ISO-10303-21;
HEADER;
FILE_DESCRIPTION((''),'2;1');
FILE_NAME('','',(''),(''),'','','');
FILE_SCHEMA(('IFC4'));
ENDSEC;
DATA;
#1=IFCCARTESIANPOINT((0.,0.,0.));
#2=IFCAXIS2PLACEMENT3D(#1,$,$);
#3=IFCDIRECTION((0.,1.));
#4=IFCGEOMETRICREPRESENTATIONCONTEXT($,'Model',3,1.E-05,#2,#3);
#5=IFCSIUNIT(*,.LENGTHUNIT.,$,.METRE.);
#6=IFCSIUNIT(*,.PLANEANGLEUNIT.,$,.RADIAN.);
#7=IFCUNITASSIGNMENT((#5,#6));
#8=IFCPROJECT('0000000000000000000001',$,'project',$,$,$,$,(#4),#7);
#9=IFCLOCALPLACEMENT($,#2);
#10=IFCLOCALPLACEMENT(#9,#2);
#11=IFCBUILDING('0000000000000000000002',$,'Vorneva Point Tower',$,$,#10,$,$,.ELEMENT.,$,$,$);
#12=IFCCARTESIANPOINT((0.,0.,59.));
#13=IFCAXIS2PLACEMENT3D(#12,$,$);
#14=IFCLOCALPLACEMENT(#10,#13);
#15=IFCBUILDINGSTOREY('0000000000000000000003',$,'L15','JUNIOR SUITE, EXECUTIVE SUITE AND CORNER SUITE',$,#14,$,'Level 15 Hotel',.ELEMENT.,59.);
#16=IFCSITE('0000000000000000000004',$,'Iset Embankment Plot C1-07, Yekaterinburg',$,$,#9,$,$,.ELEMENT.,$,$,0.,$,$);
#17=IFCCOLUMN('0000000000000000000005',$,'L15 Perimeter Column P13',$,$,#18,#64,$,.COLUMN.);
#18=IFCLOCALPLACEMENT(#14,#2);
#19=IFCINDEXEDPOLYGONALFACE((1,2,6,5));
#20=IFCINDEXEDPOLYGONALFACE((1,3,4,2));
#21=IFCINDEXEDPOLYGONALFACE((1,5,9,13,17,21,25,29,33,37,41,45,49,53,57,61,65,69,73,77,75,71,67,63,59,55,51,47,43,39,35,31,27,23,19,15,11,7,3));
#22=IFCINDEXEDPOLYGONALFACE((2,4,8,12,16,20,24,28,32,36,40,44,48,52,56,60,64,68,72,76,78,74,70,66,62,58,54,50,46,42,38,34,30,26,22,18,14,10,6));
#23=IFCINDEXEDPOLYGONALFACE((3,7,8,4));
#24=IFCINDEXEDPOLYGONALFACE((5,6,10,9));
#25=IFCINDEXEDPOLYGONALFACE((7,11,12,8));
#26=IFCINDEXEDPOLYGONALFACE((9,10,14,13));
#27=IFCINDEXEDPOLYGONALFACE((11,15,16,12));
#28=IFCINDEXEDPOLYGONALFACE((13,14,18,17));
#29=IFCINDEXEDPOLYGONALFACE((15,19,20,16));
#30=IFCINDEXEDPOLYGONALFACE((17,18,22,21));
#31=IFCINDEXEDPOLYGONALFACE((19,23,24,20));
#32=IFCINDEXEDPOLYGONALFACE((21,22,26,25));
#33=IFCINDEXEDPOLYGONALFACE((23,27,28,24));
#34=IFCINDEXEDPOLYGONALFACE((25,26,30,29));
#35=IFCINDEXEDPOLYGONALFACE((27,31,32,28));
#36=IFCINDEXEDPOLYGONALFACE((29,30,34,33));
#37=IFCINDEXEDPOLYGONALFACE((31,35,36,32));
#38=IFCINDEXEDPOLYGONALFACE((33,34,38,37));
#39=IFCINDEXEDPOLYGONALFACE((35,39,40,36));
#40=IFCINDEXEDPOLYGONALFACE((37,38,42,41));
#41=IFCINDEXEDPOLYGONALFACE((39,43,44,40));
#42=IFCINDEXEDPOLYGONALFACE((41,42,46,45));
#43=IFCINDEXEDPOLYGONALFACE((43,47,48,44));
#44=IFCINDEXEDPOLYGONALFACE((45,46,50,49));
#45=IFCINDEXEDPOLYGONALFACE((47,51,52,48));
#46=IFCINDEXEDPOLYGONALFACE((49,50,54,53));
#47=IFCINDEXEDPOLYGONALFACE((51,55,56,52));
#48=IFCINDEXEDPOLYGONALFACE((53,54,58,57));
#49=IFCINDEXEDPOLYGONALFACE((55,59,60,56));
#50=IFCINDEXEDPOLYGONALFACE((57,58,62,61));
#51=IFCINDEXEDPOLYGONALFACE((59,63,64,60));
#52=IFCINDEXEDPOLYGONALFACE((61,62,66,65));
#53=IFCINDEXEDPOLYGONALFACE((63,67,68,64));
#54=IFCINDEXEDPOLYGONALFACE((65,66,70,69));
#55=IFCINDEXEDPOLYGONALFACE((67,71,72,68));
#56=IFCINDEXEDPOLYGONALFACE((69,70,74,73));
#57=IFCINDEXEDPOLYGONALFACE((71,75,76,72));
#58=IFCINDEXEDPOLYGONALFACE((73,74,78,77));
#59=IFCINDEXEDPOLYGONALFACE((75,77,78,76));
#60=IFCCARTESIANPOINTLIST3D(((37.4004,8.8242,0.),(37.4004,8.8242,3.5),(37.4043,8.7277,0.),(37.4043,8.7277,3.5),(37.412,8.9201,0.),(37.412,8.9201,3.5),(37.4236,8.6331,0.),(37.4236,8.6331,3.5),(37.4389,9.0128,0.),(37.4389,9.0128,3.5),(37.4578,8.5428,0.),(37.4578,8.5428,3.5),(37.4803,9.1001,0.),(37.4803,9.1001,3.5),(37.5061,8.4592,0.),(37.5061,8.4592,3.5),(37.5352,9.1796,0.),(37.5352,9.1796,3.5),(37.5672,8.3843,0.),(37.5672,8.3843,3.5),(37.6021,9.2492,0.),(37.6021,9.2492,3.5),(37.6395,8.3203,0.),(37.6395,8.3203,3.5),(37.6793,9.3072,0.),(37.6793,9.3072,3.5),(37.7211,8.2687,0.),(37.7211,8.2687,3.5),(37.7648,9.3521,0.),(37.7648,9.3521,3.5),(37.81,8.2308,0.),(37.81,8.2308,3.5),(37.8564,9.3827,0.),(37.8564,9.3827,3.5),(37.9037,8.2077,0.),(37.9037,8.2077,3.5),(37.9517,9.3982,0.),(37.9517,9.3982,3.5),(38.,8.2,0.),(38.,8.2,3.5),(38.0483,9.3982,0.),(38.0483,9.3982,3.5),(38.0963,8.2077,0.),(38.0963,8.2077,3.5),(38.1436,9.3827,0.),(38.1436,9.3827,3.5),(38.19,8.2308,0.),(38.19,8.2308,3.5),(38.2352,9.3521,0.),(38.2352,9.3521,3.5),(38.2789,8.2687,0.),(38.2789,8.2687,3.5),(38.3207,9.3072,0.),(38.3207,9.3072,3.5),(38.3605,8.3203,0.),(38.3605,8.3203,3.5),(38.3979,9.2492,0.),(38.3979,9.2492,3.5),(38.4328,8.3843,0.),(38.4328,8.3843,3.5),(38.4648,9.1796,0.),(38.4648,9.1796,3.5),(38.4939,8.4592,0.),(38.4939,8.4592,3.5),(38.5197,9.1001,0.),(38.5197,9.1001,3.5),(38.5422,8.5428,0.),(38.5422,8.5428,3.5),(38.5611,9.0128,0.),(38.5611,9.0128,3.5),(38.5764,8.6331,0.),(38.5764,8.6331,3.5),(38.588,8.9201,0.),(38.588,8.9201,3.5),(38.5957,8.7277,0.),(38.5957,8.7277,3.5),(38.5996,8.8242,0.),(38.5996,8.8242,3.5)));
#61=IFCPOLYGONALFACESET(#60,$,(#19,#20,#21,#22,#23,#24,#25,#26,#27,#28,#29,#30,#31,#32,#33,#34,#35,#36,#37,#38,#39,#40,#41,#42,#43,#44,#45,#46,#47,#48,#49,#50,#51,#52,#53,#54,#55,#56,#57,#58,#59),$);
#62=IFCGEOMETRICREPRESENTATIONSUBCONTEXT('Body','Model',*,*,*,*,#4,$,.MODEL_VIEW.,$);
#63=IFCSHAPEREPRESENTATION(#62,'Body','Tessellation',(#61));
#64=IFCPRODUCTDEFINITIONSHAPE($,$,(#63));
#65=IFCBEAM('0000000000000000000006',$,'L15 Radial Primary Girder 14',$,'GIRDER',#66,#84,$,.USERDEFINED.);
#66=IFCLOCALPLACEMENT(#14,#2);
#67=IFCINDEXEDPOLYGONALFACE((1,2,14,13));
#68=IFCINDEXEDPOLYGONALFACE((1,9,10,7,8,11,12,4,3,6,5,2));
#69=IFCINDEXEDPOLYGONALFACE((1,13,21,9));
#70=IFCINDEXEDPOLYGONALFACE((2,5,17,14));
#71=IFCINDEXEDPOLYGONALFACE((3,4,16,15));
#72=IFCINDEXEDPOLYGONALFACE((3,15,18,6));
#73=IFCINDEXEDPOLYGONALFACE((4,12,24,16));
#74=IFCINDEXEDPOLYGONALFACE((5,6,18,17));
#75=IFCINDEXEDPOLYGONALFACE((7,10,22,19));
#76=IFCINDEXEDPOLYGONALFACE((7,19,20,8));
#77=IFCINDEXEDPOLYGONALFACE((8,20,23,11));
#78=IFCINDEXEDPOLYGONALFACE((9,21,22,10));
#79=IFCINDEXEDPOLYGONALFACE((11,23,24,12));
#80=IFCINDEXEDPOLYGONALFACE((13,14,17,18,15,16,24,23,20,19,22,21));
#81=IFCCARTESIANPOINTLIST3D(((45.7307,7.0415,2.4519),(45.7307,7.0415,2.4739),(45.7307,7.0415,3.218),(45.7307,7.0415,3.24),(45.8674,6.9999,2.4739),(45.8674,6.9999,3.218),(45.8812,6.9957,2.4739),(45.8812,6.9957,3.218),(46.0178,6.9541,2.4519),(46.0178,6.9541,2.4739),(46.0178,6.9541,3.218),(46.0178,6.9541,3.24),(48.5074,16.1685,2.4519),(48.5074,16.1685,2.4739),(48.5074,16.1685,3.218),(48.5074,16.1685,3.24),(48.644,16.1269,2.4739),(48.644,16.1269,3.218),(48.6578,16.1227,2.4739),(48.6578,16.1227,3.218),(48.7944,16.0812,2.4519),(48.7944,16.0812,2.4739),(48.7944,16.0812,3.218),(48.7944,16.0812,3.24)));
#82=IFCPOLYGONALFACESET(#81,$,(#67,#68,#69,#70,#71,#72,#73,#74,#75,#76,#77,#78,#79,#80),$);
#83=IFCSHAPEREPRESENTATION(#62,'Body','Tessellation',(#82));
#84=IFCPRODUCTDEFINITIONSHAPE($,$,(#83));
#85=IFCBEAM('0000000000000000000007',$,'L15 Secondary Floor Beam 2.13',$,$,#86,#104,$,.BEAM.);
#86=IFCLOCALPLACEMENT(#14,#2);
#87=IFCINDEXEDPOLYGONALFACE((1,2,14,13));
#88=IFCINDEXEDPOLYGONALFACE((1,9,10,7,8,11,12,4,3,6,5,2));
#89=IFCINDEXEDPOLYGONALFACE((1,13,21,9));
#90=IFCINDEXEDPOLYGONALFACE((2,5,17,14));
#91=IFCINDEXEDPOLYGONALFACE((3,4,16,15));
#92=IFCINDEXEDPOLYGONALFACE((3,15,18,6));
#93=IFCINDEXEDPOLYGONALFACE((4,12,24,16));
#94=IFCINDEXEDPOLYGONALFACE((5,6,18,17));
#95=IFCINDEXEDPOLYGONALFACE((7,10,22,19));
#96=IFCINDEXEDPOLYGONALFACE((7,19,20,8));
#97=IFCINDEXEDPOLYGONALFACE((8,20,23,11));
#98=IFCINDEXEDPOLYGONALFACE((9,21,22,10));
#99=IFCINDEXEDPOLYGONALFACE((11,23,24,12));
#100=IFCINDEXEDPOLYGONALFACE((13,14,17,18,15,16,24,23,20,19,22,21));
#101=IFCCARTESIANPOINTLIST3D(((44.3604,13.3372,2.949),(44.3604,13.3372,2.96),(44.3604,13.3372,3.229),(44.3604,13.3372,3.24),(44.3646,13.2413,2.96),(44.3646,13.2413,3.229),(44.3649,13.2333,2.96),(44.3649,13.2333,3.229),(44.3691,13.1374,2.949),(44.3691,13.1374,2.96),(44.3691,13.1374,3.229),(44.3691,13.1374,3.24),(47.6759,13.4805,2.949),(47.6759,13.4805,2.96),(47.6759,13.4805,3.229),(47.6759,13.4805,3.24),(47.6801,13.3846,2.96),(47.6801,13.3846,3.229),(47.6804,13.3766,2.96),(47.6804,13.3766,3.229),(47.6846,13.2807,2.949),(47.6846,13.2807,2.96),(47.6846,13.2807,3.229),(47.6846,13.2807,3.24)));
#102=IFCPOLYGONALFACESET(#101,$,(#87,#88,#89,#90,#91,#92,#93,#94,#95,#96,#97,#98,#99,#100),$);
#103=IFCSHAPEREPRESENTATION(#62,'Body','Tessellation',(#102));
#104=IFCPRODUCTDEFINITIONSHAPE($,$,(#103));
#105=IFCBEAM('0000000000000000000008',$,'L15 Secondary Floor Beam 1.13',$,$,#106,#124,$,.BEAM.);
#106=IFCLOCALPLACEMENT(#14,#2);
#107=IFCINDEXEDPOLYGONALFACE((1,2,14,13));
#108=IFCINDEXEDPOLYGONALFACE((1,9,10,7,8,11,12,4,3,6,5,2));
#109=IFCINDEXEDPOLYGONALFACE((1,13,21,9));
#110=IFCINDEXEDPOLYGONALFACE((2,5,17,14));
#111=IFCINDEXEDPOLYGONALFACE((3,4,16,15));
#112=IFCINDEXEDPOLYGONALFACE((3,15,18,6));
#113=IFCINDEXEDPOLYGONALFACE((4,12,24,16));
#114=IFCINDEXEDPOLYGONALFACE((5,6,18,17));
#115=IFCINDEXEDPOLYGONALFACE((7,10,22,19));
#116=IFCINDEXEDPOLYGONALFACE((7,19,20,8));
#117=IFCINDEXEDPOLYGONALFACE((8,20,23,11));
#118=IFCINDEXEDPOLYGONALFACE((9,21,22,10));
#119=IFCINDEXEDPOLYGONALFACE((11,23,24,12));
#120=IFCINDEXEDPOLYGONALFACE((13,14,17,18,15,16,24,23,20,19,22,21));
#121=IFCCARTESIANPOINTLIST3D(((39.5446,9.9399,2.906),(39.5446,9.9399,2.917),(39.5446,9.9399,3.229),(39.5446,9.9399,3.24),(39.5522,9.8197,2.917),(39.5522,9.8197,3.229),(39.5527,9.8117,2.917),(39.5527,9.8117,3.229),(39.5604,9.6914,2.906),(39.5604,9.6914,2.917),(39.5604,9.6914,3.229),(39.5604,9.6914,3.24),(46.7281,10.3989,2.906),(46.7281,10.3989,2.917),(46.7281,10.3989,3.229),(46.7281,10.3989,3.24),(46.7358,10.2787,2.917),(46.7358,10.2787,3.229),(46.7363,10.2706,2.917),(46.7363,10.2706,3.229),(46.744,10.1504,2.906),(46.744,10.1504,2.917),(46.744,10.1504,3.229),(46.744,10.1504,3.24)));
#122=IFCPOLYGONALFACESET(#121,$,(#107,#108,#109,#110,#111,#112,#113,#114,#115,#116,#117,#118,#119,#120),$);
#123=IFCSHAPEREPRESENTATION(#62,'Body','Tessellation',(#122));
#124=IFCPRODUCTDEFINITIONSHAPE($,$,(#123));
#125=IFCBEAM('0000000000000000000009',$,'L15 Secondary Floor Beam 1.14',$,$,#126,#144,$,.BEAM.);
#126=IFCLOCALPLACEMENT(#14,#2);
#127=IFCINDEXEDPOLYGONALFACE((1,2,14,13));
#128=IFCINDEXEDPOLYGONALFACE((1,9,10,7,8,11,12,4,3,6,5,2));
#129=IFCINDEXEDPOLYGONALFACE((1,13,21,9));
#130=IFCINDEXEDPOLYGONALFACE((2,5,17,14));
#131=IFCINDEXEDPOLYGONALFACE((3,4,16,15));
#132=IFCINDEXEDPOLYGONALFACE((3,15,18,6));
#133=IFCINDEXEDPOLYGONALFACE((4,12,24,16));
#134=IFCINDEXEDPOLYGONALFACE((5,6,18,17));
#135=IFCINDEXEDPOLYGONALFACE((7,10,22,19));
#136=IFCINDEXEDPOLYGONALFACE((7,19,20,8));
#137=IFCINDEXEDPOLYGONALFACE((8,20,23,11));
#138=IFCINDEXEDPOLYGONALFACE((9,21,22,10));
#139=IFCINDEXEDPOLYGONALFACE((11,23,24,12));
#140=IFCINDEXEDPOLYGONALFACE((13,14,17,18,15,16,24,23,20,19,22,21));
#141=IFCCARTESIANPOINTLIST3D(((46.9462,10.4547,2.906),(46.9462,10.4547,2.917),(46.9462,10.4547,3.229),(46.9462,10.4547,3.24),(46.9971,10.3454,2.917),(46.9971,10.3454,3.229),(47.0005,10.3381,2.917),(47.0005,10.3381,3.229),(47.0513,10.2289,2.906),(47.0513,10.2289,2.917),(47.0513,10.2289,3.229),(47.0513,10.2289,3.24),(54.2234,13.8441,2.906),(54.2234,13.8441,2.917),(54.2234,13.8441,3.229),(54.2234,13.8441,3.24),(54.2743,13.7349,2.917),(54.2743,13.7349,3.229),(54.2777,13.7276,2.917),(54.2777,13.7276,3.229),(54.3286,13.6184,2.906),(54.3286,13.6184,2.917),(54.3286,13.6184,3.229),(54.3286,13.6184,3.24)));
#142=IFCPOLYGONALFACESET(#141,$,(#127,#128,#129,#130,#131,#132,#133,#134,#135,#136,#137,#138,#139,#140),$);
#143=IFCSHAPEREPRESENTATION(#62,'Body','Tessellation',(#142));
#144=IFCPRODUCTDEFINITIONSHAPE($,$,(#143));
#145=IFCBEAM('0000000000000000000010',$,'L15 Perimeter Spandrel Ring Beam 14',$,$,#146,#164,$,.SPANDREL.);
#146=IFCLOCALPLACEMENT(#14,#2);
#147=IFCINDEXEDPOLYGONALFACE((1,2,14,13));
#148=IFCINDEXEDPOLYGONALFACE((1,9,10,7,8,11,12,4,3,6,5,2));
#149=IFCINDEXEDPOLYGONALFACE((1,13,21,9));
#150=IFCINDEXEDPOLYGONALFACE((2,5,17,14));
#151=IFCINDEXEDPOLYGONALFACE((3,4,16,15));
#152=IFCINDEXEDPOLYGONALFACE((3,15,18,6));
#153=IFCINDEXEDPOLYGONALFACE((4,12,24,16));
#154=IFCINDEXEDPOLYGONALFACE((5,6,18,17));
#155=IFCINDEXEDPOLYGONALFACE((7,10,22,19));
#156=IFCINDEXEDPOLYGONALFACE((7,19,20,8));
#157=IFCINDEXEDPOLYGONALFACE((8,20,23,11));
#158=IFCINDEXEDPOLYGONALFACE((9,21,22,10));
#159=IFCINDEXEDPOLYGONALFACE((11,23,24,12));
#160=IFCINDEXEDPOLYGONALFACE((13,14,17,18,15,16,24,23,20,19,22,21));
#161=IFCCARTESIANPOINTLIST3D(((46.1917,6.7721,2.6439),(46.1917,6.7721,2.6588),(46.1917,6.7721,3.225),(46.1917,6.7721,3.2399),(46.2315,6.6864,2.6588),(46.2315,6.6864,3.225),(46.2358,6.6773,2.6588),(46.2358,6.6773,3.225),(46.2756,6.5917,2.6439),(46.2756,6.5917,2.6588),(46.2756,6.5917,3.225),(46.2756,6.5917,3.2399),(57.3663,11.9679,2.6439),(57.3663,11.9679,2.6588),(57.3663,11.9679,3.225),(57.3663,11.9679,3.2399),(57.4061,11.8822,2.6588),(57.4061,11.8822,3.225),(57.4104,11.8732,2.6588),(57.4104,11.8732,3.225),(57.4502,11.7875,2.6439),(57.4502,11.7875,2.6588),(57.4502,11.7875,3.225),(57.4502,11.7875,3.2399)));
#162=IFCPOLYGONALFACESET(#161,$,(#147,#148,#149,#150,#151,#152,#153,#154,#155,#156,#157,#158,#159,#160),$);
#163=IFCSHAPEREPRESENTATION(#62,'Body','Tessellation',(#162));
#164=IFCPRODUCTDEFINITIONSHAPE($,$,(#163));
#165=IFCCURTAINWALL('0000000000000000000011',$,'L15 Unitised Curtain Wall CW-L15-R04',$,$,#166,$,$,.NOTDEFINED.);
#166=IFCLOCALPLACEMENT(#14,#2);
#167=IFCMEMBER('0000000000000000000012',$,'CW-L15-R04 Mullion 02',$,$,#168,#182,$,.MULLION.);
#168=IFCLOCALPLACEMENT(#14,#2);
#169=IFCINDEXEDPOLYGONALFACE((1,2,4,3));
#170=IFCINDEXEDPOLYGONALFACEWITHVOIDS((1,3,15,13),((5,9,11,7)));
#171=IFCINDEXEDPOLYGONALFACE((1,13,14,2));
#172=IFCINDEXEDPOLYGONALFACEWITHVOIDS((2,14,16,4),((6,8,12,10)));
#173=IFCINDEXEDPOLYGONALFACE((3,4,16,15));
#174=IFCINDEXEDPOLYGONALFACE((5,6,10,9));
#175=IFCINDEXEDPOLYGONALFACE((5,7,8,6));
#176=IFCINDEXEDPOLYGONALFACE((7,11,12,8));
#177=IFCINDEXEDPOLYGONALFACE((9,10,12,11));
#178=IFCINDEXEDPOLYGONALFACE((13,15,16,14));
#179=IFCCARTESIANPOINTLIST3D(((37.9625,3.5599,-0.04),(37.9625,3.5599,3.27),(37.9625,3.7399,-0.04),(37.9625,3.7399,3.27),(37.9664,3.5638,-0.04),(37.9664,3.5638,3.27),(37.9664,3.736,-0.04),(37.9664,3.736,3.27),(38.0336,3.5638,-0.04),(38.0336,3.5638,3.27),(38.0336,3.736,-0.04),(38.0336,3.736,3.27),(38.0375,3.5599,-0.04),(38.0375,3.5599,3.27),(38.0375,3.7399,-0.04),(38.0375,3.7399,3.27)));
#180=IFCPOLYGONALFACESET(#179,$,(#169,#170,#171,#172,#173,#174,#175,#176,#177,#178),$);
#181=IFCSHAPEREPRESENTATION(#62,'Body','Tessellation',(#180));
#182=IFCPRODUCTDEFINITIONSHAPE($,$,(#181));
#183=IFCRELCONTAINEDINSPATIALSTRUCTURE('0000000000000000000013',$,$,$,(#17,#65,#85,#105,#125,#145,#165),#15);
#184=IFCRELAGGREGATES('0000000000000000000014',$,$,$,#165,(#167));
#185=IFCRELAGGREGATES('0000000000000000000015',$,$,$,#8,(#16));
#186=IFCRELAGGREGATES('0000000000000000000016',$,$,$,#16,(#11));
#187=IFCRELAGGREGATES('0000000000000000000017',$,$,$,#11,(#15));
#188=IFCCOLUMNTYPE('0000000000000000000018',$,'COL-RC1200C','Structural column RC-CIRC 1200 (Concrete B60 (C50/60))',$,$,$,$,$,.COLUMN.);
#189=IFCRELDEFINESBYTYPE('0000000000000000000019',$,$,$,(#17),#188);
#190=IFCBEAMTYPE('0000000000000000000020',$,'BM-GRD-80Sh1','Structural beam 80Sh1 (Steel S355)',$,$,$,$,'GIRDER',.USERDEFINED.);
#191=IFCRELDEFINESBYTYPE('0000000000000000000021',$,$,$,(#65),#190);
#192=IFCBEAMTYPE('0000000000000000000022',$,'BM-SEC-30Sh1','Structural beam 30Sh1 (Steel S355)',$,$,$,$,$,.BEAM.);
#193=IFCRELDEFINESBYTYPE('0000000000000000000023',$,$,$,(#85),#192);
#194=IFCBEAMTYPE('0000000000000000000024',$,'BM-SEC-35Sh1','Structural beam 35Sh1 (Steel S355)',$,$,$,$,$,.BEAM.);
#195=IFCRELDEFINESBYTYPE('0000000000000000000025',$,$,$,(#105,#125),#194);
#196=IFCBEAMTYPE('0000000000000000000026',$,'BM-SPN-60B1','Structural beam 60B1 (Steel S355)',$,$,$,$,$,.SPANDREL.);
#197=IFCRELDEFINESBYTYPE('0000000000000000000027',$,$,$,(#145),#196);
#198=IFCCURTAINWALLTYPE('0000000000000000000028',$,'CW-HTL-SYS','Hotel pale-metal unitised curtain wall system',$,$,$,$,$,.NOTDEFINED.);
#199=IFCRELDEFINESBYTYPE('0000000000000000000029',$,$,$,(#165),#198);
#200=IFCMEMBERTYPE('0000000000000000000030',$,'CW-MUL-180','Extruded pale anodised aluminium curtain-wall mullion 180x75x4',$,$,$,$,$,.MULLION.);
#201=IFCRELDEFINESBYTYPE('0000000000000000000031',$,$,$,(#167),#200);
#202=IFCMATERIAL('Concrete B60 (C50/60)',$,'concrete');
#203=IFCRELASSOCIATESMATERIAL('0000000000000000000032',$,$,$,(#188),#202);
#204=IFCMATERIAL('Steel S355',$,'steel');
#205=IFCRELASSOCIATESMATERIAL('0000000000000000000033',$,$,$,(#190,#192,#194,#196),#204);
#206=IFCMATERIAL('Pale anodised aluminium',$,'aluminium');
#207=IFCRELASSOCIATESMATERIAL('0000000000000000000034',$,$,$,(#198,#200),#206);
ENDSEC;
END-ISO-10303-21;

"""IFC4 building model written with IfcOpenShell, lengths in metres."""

from ifc_helpers import new_model, si_unit, direction, frame, origin, origin_2d, place, context, subcontext, project, spatial, hollow_rectangle, circle, i_section, extrude, material, material_profile, profile_set, type_object, element, aggregate, save


model = new_model("IFC4")

# Units and contexts
model_context = context("Model", 3, precision=1e-05, world=origin(), true_north=direction((0.0, 1.0)))
body_context = subcontext(model_context, "Body", "Model", "MODEL_VIEW")
ifc_project = project(units=[si_unit("LENGTHUNIT", "METRE"), si_unit("PLANEANGLEUNIT", "RADIAN")], contexts=[model_context])

# Site, building, storey
site_placement = place(None, origin())
site = spatial("IfcSite", under=ifc_project, at=site_placement, Name="Iset Embankment Plot C1-07, Yekaterinburg", CompositionType="ELEMENT", RefElevation=0.0)
building_placement = place(site_placement, origin())
building = spatial("IfcBuilding", under=site, at=building_placement, Name="Vorneva Point Tower", CompositionType="ELEMENT")
storey_placement = place(building_placement, frame((0.0, 0.0, 59.0)))
storey = spatial("IfcBuildingStorey", under=building, at=storey_placement, Name="L15", Description="JUNIOR SUITE, EXECUTIVE SUITE AND CORNER SUITE", LongName="Level 15 Hotel", CompositionType="ELEMENT", Elevation=59.0)

# Column
ifc_material_1 = material(Name="Concrete B60 (C50/60)", Category="concrete")
ifc_material_profile_1 = material_profile(ifc_material_1, circle(Radius=0.6001, at=origin_2d()), Name="RC-CIRC 1200")
ifc_profile_set_1 = profile_set([ifc_material_profile_1], Name="Concrete B60 (C50/60)")
column_type = type_object("IfcColumnType", Name="COL-RC1200C", Description="Structural column RC-CIRC 1200 (Concrete B60 (C50/60))", PredefinedType="COLUMN", material=ifc_profile_set_1)
for number, where, z_axis, x_axis, name in (
    (1, (38.0, 8.8, 0.0), (0.0, 0.0, 1.0), (0.0, -1.0, 0.0), "L15 Perimeter Column P13"),
):
    element("IfcColumn", number, at=place(storey_placement, frame(where, z_axis=z_axis, x_axis=x_axis)), inside=storey, type_object=column_type, Name=name, PredefinedType="COLUMN", context=body_context, shape_type="SweptSolid", body=[
        extrude(circle(Radius=0.6001, at=origin_2d()), origin(), (0.0, 0.0, 1.0), 3.5),
    ])

# Beams
ifc_material_2 = material(Name="Steel S355", Category="steel")
ifc_material_profile_2 = material_profile(ifc_material_2, i_section(OverallWidth=0.3, OverallDepth=0.7881, WebThickness=0.0144, FlangeThickness=0.022, at=origin_2d()), Name="80Sh1")
ifc_profile_set_2 = profile_set([ifc_material_profile_2], Name="Steel S355")
beam_type_1 = type_object("IfcBeamType", Name="BM-GRD-80Sh1", Description="Structural beam 80Sh1 (Steel S355)", ElementType="GIRDER", PredefinedType="USERDEFINED", material=ifc_profile_set_2)
beam_1_placement = place(storey_placement, frame((45.8743, 6.9978, 2.8459), z_axis=(0.291051, 0.956708, 0.0), x_axis=(-0.956708, 0.291051, 0.0)))
element("IfcBeam", 2, at=beam_1_placement, inside=storey, type_object=beam_type_1, Name="L15 Radial Primary Girder 14", ObjectType="GIRDER", PredefinedType="USERDEFINED", context=body_context, shape_type="SweptSolid", body=[
    extrude(i_section(OverallWidth=0.3, OverallDepth=0.7881, WebThickness=0.0144, FlangeThickness=0.022, at=origin_2d()), origin(), (0.0, 0.0, 1.0), 9.54),
])
ifc_material_profile_3 = material_profile(ifc_material_2, i_section(OverallWidth=0.2, OverallDepth=0.291, WebThickness=0.0081, FlangeThickness=0.011, at=origin_2d()), Name="30Sh1")
ifc_profile_set_3 = profile_set([ifc_material_profile_3], Name="Steel S355")
beam_type_2 = type_object("IfcBeamType", Name="BM-SEC-30Sh1", Description="Structural beam 30Sh1 (Steel S355)", PredefinedType="BEAM", material=ifc_profile_set_3)
beam_2_placement = place(storey_placement, frame((44.3647, 13.2373, 3.0945), z_axis=(0.999067, 0.043185, 0.0), x_axis=(-0.043185, 0.999067, 0.0)))
element("IfcBeam", 3, at=beam_2_placement, inside=storey, type_object=beam_type_2, Name="L15 Secondary Floor Beam 2.13", PredefinedType="BEAM", context=body_context, shape_type="SweptSolid", body=[
    extrude(i_section(OverallWidth=0.2, OverallDepth=0.291, WebThickness=0.0081, FlangeThickness=0.011, at=origin_2d()), origin(), (0.0, 0.0, 1.0), 3.3186),
])
ifc_material_profile_4 = material_profile(ifc_material_2, i_section(OverallWidth=0.249, OverallDepth=0.334, WebThickness=0.0081, FlangeThickness=0.011, at=origin_2d()), Name="35Sh1")
ifc_profile_set_4 = profile_set([ifc_material_profile_4], Name="Steel S355")
beam_type_3 = type_object("IfcBeamType", Name="BM-SEC-35Sh1", Description="Structural beam 35Sh1 (Steel S355)", PredefinedType="BEAM", material=ifc_profile_set_4)
beam_3_placement = place(storey_placement, frame((39.5525, 9.8157, 3.073), z_axis=(0.997965, 0.063763, 0.0), x_axis=(-0.063763, 0.997965, 0.0)))
element("IfcBeam", 4, at=beam_3_placement, inside=storey, type_object=beam_type_3, Name="L15 Secondary Floor Beam 1.13", PredefinedType="BEAM", context=body_context, shape_type="SweptSolid", body=[
    extrude(i_section(OverallWidth=0.249, OverallDepth=0.334, WebThickness=0.0081, FlangeThickness=0.011, at=origin_2d()), origin(), (0.0, 0.0, 1.0), 7.1982),
])
beam_4_placement = place(storey_placement, frame((46.9988, 10.3418, 3.073), z_axis=(0.906497, 0.422213, 0.0), x_axis=(-0.422213, 0.906497, 0.0)))
element("IfcBeam", 5, at=beam_4_placement, inside=storey, type_object=beam_type_3, Name="L15 Secondary Floor Beam 1.14", PredefinedType="BEAM", context=body_context, shape_type="SweptSolid", body=[
    extrude(i_section(OverallWidth=0.249, OverallDepth=0.334, WebThickness=0.0081, FlangeThickness=0.011, at=origin_2d()), origin(), (0.0, 0.0, 1.0), 8.0278),
])
ifc_material_profile_5 = material_profile(ifc_material_2, i_section(OverallWidth=0.199, OverallDepth=0.5959, WebThickness=0.01, FlangeThickness=0.0149, at=origin_2d()), Name="60B1")
ifc_profile_set_5 = profile_set([ifc_material_profile_5], Name="Steel S355")
beam_type_4 = type_object("IfcBeamType", Name="BM-SPN-60B1", Description="Structural beam 60B1 (Steel S355)", PredefinedType="SPANDREL", material=ifc_profile_set_5)
beam_5_placement = place(storey_placement, frame((46.2336, 6.6819, 2.9419), z_axis=(0.906773, 0.421619, 0.0), x_axis=(-0.421619, 0.906773, 0.0)))
element("IfcBeam", 6, at=beam_5_placement, inside=storey, type_object=beam_type_4, Name="L15 Perimeter Spandrel Ring Beam 14", PredefinedType="SPANDREL", context=body_context, shape_type="SweptSolid", body=[
    extrude(i_section(OverallWidth=0.199, OverallDepth=0.5959, WebThickness=0.01, FlangeThickness=0.0149, at=origin_2d()), origin(), (0.0, 0.0, 1.0), 12.3235),
])

# Curtain wall, member
ifc_material_3 = material(Name="Pale anodised aluminium", Category="aluminium")
curtain_wall_type = type_object("IfcCurtainWallType", Name="CW-HTL-SYS", Description="Hotel pale-metal unitised curtain wall system", PredefinedType="NOTDEFINED", material=ifc_material_3)
curtain_wall_placement = place(storey_placement, origin())
curtain_wall = element("IfcCurtainWall", 7, at=curtain_wall_placement, inside=storey, type_object=curtain_wall_type, Name="L15 Unitised Curtain Wall CW-L15-R04", PredefinedType="NOTDEFINED")
ifc_material_profile_6 = material_profile(ifc_material_3, hollow_rectangle(XDim=0.075, YDim=0.1799, WallThickness=0.0039, at=origin_2d()), Name="AL-MUL 180x75x4")
ifc_profile_set_6 = profile_set([ifc_material_profile_6], Name="Pale anodised aluminium")
member_type_1 = type_object("IfcMemberType", Name="CW-MUL-180", Description="Extruded pale anodised aluminium curtain-wall mullion 180x75x4", PredefinedType="MULLION", material=ifc_profile_set_6)
member_1_placement = place(storey_placement, frame((38.0, 3.6499, -0.04), z_axis=(0.0, 0.0, 1.0), x_axis=(1.0, 0.0, 0.0)))
member_1 = element("IfcMember", 8, at=member_1_placement, type_object=member_type_1, Name="CW-L15-R04 Mullion 02", PredefinedType="MULLION", context=body_context, shape_type="SweptSolid", body=[
    extrude(hollow_rectangle(XDim=0.075, YDim=0.1799, WallThickness=0.0039, at=origin_2d()), origin(), (0.0, 0.0, 1.0), 3.3101),
])
aggregate(curtain_wall, [member_1])

save(model, "model.ifc")
